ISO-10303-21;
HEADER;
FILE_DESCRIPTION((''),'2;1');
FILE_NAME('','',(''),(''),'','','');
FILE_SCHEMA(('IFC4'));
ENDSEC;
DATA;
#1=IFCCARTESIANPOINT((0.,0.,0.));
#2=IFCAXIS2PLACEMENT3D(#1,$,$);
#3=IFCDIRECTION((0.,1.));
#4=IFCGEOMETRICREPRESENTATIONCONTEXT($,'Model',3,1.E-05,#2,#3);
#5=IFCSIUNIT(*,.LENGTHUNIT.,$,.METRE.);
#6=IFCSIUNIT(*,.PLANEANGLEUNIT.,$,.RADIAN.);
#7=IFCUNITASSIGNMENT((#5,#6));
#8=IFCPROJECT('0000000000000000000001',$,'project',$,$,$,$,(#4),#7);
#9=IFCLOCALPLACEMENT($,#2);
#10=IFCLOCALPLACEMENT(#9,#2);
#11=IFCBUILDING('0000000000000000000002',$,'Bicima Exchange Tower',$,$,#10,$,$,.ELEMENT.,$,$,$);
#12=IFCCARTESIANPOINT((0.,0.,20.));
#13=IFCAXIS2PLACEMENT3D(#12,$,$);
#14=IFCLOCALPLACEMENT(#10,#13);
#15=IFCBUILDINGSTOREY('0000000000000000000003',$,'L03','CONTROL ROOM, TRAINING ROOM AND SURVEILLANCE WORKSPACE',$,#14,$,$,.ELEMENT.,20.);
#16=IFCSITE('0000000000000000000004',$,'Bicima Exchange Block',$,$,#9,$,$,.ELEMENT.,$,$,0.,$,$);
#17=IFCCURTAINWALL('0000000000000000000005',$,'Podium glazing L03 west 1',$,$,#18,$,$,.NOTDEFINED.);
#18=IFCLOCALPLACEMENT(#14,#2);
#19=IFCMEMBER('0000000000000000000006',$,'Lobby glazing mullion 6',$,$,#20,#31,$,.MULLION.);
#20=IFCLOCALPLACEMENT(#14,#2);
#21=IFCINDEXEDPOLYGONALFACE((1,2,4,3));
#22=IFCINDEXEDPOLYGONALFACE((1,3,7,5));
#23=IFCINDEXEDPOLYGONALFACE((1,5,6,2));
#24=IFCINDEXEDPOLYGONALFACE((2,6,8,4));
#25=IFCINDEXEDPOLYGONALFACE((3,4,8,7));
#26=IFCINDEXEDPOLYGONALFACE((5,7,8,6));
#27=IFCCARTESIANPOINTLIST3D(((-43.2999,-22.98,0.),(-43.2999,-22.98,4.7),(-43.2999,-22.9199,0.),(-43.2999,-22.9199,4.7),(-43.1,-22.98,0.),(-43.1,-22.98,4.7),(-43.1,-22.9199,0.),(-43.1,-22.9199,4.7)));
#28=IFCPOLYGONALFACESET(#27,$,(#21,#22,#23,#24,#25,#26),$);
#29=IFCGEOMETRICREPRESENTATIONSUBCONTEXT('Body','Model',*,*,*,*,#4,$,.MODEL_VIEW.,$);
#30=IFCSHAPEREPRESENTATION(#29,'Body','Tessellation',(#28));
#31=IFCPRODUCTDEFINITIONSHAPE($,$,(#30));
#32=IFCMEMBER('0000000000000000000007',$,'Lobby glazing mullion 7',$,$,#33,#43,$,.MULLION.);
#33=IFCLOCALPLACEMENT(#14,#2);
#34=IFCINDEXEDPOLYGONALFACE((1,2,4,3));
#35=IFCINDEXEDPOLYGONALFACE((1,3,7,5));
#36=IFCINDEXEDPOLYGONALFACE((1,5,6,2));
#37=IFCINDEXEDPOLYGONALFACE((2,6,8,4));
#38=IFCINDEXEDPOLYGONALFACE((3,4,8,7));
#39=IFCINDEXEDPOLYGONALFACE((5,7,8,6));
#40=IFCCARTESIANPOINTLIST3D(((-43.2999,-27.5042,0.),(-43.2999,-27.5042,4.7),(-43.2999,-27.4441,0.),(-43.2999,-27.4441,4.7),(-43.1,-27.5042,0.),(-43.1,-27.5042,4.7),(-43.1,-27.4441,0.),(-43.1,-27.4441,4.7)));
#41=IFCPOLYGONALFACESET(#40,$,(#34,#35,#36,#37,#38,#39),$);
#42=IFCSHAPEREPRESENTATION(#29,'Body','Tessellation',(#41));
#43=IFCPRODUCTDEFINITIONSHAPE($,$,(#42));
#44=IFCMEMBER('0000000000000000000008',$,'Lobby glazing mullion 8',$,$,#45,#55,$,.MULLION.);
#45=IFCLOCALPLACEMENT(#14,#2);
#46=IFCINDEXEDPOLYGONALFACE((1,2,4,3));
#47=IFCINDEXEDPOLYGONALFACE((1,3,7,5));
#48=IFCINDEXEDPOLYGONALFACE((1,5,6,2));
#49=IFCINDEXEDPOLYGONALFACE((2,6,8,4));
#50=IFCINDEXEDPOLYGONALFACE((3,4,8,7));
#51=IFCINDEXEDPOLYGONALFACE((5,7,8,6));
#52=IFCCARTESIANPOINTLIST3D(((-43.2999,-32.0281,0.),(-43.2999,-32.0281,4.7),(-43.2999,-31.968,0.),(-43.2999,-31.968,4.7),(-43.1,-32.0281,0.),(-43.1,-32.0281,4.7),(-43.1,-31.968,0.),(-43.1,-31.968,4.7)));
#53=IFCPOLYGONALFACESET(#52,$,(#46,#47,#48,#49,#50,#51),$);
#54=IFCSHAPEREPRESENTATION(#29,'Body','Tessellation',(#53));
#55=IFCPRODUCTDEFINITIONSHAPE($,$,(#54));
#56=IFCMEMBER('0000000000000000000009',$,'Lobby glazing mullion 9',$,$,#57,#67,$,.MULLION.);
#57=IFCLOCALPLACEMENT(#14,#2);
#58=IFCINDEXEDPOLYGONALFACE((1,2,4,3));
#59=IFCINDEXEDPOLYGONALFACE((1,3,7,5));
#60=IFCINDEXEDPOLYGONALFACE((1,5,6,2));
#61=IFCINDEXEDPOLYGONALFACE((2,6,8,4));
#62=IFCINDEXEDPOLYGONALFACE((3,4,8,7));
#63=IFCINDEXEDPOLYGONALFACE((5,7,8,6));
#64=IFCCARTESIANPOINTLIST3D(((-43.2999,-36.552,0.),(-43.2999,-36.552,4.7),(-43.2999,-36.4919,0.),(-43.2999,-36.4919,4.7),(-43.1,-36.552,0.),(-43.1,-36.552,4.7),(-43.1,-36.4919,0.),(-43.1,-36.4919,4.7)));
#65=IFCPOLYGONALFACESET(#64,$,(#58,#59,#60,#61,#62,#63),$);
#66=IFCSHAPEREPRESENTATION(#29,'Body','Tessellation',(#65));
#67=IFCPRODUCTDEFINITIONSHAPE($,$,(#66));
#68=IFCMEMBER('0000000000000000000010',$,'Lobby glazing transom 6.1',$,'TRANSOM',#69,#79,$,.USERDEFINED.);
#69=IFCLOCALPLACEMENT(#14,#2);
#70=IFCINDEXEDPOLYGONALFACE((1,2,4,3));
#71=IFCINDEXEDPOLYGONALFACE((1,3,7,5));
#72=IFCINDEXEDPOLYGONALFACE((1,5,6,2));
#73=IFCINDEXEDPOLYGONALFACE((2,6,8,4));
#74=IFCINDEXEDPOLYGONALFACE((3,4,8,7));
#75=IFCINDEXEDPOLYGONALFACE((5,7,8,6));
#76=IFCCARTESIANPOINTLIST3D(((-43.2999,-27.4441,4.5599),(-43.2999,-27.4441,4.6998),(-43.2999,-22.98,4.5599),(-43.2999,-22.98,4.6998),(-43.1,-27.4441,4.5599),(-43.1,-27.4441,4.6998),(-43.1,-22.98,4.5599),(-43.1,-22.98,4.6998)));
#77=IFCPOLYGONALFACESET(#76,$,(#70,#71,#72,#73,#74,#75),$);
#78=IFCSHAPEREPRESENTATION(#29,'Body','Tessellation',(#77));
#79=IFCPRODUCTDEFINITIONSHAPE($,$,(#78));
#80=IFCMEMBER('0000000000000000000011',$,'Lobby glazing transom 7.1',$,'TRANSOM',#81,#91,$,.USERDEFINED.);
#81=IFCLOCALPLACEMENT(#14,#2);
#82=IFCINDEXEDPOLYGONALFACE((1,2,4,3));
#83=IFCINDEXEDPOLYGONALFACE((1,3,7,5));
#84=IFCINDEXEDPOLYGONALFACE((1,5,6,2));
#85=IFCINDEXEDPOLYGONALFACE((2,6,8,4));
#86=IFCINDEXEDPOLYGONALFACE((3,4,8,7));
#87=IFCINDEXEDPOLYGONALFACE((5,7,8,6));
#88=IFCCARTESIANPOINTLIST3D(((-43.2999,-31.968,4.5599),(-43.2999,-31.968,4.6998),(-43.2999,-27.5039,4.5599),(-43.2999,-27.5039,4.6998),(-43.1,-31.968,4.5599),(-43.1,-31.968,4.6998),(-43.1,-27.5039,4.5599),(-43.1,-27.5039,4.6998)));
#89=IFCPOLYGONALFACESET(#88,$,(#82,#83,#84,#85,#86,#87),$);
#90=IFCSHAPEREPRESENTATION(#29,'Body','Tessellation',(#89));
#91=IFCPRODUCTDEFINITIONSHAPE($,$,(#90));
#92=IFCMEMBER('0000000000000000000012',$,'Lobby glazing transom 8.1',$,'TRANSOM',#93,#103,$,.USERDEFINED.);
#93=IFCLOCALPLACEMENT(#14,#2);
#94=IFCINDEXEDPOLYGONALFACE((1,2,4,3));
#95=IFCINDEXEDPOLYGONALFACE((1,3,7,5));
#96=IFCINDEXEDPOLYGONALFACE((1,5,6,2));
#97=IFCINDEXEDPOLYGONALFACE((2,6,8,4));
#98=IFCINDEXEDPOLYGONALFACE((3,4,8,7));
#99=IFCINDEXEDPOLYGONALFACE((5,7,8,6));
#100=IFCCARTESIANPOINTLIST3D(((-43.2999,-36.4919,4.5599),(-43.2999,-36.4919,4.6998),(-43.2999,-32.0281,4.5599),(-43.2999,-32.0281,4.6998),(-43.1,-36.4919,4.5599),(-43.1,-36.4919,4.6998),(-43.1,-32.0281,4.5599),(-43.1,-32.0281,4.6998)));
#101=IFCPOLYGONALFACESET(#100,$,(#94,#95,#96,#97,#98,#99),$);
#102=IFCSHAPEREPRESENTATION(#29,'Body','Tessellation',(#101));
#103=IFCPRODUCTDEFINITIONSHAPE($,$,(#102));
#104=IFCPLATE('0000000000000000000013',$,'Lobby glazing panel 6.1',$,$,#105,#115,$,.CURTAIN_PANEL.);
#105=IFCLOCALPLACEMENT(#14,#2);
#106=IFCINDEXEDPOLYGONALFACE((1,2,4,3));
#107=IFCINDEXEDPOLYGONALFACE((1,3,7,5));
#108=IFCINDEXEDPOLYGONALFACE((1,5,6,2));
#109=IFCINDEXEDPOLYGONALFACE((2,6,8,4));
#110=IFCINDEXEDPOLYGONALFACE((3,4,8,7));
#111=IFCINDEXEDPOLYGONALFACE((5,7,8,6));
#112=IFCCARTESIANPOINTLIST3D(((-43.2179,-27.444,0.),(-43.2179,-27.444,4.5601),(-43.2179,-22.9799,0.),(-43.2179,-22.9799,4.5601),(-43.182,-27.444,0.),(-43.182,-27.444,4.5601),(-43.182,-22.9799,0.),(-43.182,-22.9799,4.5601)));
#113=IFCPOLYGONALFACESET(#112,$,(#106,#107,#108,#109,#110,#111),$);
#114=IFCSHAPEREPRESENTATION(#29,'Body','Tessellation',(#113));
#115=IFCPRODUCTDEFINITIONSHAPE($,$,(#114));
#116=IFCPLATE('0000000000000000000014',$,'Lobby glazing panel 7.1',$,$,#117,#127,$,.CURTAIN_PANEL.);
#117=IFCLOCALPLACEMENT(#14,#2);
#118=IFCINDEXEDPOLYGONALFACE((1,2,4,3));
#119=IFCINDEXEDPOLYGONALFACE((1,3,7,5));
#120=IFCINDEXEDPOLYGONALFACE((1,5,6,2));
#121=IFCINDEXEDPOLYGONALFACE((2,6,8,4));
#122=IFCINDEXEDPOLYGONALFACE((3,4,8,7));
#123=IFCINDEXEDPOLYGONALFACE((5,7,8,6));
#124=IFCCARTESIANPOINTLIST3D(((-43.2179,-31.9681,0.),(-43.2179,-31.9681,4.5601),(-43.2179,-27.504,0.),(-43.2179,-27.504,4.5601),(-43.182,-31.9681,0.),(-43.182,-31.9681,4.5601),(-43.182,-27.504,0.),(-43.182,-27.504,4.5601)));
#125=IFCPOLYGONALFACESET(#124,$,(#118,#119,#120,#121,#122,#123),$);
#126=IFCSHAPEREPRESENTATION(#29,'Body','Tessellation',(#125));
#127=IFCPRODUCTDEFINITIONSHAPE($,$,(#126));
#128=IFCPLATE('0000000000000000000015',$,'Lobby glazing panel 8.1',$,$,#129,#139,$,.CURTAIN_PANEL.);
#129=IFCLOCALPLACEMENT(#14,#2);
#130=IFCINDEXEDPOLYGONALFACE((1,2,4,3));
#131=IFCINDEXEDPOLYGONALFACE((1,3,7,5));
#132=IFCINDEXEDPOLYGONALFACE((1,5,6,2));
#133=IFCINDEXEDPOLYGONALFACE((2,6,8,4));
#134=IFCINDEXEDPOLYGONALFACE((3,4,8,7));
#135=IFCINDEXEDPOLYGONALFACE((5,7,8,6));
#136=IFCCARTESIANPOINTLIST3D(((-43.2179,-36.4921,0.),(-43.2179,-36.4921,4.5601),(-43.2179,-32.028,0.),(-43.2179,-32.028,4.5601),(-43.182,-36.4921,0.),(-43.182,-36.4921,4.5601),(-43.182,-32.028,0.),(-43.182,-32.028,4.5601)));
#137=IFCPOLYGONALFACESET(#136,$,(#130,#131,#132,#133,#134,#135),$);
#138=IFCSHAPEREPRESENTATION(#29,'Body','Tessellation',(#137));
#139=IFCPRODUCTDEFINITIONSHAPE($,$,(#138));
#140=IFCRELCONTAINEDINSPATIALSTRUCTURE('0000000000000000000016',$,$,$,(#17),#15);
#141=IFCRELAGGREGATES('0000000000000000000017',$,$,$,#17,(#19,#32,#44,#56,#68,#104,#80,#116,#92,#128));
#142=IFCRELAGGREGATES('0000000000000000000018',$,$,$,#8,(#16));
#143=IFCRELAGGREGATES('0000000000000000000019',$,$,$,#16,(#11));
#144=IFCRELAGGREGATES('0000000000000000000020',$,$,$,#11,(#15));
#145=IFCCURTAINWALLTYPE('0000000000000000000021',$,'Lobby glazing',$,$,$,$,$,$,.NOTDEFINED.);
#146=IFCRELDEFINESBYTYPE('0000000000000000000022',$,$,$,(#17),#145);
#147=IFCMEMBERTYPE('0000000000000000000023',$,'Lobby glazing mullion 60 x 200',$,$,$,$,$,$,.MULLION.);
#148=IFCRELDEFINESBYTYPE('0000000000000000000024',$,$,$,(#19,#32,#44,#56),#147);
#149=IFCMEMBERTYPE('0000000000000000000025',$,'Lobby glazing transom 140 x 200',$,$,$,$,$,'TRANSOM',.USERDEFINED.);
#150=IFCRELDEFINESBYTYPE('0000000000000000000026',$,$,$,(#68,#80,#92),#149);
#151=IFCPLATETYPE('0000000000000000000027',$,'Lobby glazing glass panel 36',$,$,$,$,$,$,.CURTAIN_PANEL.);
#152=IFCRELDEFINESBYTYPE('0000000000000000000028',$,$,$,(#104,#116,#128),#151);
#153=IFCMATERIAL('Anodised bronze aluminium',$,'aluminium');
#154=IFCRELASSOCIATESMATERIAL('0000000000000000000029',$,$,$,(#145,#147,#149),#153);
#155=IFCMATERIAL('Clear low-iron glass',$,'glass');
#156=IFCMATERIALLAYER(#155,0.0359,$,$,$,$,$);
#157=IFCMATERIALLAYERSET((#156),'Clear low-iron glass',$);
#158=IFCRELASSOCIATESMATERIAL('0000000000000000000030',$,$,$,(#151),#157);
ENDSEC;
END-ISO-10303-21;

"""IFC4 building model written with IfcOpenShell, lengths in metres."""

from ifc_helpers import new_model, si_unit, direction, frame, origin, origin_2d, place, context, subcontext, project, spatial, rectangle, extrude, material, layer, layer_set, material_profile, profile_set, type_object, element, aggregate, save


model = new_model("IFC4")

# Units and contexts
model_context = context("Model", 3, precision=1e-05, world=origin(), true_north=direction((0.0, 1.0)))
body_context = subcontext(model_context, "Body", "Model", "MODEL_VIEW")
ifc_project = project(units=[si_unit("LENGTHUNIT", "METRE"), si_unit("PLANEANGLEUNIT", "RADIAN")], contexts=[model_context])

# Site, building, storey
site_placement = place(None, origin())
site = spatial("IfcSite", under=ifc_project, at=site_placement, Name="Bicima Exchange Block", CompositionType="ELEMENT", RefElevation=0.0)
building_placement = place(site_placement, origin())
building = spatial("IfcBuilding", under=site, at=building_placement, Name="Bicima Exchange Tower", CompositionType="ELEMENT")
storey_placement = place(building_placement, frame((0.0, 0.0, 20.0)))
storey = spatial("IfcBuildingStorey", under=building, at=storey_placement, Name="L03", Description="CONTROL ROOM, TRAINING ROOM AND SURVEILLANCE WORKSPACE", CompositionType="ELEMENT", Elevation=20.0)

# Curtain wall, members, plates
ifc_material_1 = material(Name="Anodised bronze aluminium", Category="aluminium")
curtain_wall_type = type_object("IfcCurtainWallType", Name="Lobby glazing", PredefinedType="NOTDEFINED", material=ifc_material_1)
curtain_wall_placement = place(storey_placement, origin())
curtain_wall = element("IfcCurtainWall", 1, at=curtain_wall_placement, inside=storey, type_object=curtain_wall_type, Name="Podium glazing L03 west 1", PredefinedType="NOTDEFINED")
ifc_material_profile_1 = material_profile(ifc_material_1, rectangle(XDim=0.2, YDim=0.0601, at=origin_2d()))
ifc_profile_set_1 = profile_set([ifc_material_profile_1], Name="Anodised bronze aluminium")
member_type_1 = type_object("IfcMemberType", Name="Lobby glazing mullion 60 x 200", PredefinedType="MULLION", material=ifc_profile_set_1)
member_1_placement = place(storey_placement, frame((-43.2, -22.95, 0.0), z_axis=(0.0, 0.0, 1.0), x_axis=(1.0, 0.0, 0.0)))
member_1 = element("IfcMember", 2, at=member_1_placement, type_object=member_type_1, Name="Lobby glazing mullion 6", PredefinedType="MULLION", context=body_context, shape_type="SweptSolid", body=[
    extrude(rectangle(XDim=0.2, YDim=0.0601, at=origin_2d()), origin(), (0.0, 0.0, 1.0), 4.7),
])
member_2_placement = place(storey_placement, frame((-43.2, -27.4741, 0.0), z_axis=(0.0, 0.0, 1.0), x_axis=(1.0, 0.0, 0.0)))
member_2 = element("IfcMember", 3, at=member_2_placement, type_object=member_type_1, Name="Lobby glazing mullion 7", PredefinedType="MULLION", context=body_context, shape_type="SweptSolid", body=[
    extrude(rectangle(XDim=0.2, YDim=0.0601, at=origin_2d()), origin(), (0.0, 0.0, 1.0), 4.7),
])
member_3_placement = place(storey_placement, frame((-43.2, -31.998, 0.0), z_axis=(0.0, 0.0, 1.0), x_axis=(1.0, 0.0, 0.0)))
member_3 = element("IfcMember", 4, at=member_3_placement, type_object=member_type_1, Name="Lobby glazing mullion 8", PredefinedType="MULLION", context=body_context, shape_type="SweptSolid", body=[
    extrude(rectangle(XDim=0.2, YDim=0.0601, at=origin_2d()), origin(), (0.0, 0.0, 1.0), 4.7),
])
member_4_placement = place(storey_placement, frame((-43.2, -36.522, 0.0), z_axis=(0.0, 0.0, 1.0), x_axis=(1.0, 0.0, 0.0)))
member_4 = element("IfcMember", 5, at=member_4_placement, type_object=member_type_1, Name="Lobby glazing mullion 9", PredefinedType="MULLION", context=body_context, shape_type="SweptSolid", body=[
    extrude(rectangle(XDim=0.2, YDim=0.0601, at=origin_2d()), origin(), (0.0, 0.0, 1.0), 4.7),
])
ifc_material_profile_2 = material_profile(ifc_material_1, rectangle(XDim=0.2, YDim=0.1399, at=origin_2d()))
ifc_profile_set_2 = profile_set([ifc_material_profile_2], Name="Anodised bronze aluminium")
member_type_2 = type_object("IfcMemberType", Name="Lobby glazing transom 140 x 200", ElementType="TRANSOM", PredefinedType="USERDEFINED", material=ifc_profile_set_2)
member_5_placement = place(storey_placement, frame((-43.2, -22.98, 4.6299), z_axis=(0.0, -1.0, 0.0), x_axis=(1.0, 0.0, 0.0)))
member_5 = element("IfcMember", 6, at=member_5_placement, type_object=member_type_2, Name="Lobby glazing transom 6.1", ObjectType="TRANSOM", PredefinedType="USERDEFINED", context=body_context, shape_type="SweptSolid", body=[
    extrude(rectangle(XDim=0.2, YDim=0.1399, at=origin_2d()), origin(), (0.0, 0.0, 1.0), 4.4641),
])
member_6_placement = place(storey_placement, frame((-43.2, -27.5039, 4.6299), z_axis=(0.0, -1.0, 0.0), x_axis=(1.0, 0.0, 0.0)))
member_6 = element("IfcMember", 7, at=member_6_placement, type_object=member_type_2, Name="Lobby glazing transom 7.1", ObjectType="TRANSOM", PredefinedType="USERDEFINED", context=body_context, shape_type="SweptSolid", body=[
    extrude(rectangle(XDim=0.2, YDim=0.1399, at=origin_2d()), origin(), (0.0, 0.0, 1.0), 4.4641),
])
member_7_placement = place(storey_placement, frame((-43.2, -32.0281, 4.6299), z_axis=(0.0, -1.0, 0.0), x_axis=(1.0, 0.0, 0.0)))
member_7 = element("IfcMember", 8, at=member_7_placement, type_object=member_type_2, Name="Lobby glazing transom 8.1", ObjectType="TRANSOM", PredefinedType="USERDEFINED", context=body_context, shape_type="SweptSolid", body=[
    extrude(rectangle(XDim=0.2, YDim=0.1399, at=origin_2d()), origin(), (0.0, 0.0, 1.0), 4.4639),
])
ifc_material_2 = material(Name="Clear low-iron glass", Category="glass")
ifc_layer_1 = layer(ifc_material_2, 0.0359)
ifc_layer_set_1 = layer_set([ifc_layer_1], Name="Clear low-iron glass")
plate_type = type_object("IfcPlateType", Name="Lobby glazing glass panel 36", PredefinedType="CURTAIN_PANEL", material=ifc_layer_set_1)
plate_1_placement = place(storey_placement, frame((-43.2, -25.2119, 0.0), z_axis=(0.0, 0.0, 1.0), x_axis=(0.0, -1.0, 0.0)))
plate_1 = element("IfcPlate", 9, at=plate_1_placement, type_object=plate_type, Name="Lobby glazing panel 6.1", PredefinedType="CURTAIN_PANEL", context=body_context, shape_type="SweptSolid", body=[
    extrude(rectangle(XDim=4.4641, YDim=0.0359, at=origin_2d()), origin(), (0.0, 0.0, 1.0), 4.5601),
])
plate_2_placement = place(storey_placement, frame((-43.2, -29.7361, 0.0), z_axis=(0.0, 0.0, 1.0), x_axis=(0.0, -1.0, 0.0)))
plate_2 = element("IfcPlate", 10, at=plate_2_placement, type_object=plate_type, Name="Lobby glazing panel 7.1", PredefinedType="CURTAIN_PANEL", context=body_context, shape_type="SweptSolid", body=[
    extrude(rectangle(XDim=4.4641, YDim=0.0359, at=origin_2d()), origin(), (0.0, 0.0, 1.0), 4.5601),
])
plate_3_placement = place(storey_placement, frame((-43.2, -34.26, 0.0), z_axis=(0.0, 0.0, 1.0), x_axis=(0.0, -1.0, 0.0)))
plate_3 = element("IfcPlate", 11, at=plate_3_placement, type_object=plate_type, Name="Lobby glazing panel 8.1", PredefinedType="CURTAIN_PANEL", context=body_context, shape_type="SweptSolid", body=[
    extrude(rectangle(XDim=4.4641, YDim=0.0359, at=origin_2d()), origin(), (0.0, 0.0, 1.0), 4.5601),
])
aggregate(curtain_wall, [member_1, member_2, member_3, member_4, member_5, plate_1, member_6, plate_2, member_7, plate_3])

save(model, "model.ifc")
